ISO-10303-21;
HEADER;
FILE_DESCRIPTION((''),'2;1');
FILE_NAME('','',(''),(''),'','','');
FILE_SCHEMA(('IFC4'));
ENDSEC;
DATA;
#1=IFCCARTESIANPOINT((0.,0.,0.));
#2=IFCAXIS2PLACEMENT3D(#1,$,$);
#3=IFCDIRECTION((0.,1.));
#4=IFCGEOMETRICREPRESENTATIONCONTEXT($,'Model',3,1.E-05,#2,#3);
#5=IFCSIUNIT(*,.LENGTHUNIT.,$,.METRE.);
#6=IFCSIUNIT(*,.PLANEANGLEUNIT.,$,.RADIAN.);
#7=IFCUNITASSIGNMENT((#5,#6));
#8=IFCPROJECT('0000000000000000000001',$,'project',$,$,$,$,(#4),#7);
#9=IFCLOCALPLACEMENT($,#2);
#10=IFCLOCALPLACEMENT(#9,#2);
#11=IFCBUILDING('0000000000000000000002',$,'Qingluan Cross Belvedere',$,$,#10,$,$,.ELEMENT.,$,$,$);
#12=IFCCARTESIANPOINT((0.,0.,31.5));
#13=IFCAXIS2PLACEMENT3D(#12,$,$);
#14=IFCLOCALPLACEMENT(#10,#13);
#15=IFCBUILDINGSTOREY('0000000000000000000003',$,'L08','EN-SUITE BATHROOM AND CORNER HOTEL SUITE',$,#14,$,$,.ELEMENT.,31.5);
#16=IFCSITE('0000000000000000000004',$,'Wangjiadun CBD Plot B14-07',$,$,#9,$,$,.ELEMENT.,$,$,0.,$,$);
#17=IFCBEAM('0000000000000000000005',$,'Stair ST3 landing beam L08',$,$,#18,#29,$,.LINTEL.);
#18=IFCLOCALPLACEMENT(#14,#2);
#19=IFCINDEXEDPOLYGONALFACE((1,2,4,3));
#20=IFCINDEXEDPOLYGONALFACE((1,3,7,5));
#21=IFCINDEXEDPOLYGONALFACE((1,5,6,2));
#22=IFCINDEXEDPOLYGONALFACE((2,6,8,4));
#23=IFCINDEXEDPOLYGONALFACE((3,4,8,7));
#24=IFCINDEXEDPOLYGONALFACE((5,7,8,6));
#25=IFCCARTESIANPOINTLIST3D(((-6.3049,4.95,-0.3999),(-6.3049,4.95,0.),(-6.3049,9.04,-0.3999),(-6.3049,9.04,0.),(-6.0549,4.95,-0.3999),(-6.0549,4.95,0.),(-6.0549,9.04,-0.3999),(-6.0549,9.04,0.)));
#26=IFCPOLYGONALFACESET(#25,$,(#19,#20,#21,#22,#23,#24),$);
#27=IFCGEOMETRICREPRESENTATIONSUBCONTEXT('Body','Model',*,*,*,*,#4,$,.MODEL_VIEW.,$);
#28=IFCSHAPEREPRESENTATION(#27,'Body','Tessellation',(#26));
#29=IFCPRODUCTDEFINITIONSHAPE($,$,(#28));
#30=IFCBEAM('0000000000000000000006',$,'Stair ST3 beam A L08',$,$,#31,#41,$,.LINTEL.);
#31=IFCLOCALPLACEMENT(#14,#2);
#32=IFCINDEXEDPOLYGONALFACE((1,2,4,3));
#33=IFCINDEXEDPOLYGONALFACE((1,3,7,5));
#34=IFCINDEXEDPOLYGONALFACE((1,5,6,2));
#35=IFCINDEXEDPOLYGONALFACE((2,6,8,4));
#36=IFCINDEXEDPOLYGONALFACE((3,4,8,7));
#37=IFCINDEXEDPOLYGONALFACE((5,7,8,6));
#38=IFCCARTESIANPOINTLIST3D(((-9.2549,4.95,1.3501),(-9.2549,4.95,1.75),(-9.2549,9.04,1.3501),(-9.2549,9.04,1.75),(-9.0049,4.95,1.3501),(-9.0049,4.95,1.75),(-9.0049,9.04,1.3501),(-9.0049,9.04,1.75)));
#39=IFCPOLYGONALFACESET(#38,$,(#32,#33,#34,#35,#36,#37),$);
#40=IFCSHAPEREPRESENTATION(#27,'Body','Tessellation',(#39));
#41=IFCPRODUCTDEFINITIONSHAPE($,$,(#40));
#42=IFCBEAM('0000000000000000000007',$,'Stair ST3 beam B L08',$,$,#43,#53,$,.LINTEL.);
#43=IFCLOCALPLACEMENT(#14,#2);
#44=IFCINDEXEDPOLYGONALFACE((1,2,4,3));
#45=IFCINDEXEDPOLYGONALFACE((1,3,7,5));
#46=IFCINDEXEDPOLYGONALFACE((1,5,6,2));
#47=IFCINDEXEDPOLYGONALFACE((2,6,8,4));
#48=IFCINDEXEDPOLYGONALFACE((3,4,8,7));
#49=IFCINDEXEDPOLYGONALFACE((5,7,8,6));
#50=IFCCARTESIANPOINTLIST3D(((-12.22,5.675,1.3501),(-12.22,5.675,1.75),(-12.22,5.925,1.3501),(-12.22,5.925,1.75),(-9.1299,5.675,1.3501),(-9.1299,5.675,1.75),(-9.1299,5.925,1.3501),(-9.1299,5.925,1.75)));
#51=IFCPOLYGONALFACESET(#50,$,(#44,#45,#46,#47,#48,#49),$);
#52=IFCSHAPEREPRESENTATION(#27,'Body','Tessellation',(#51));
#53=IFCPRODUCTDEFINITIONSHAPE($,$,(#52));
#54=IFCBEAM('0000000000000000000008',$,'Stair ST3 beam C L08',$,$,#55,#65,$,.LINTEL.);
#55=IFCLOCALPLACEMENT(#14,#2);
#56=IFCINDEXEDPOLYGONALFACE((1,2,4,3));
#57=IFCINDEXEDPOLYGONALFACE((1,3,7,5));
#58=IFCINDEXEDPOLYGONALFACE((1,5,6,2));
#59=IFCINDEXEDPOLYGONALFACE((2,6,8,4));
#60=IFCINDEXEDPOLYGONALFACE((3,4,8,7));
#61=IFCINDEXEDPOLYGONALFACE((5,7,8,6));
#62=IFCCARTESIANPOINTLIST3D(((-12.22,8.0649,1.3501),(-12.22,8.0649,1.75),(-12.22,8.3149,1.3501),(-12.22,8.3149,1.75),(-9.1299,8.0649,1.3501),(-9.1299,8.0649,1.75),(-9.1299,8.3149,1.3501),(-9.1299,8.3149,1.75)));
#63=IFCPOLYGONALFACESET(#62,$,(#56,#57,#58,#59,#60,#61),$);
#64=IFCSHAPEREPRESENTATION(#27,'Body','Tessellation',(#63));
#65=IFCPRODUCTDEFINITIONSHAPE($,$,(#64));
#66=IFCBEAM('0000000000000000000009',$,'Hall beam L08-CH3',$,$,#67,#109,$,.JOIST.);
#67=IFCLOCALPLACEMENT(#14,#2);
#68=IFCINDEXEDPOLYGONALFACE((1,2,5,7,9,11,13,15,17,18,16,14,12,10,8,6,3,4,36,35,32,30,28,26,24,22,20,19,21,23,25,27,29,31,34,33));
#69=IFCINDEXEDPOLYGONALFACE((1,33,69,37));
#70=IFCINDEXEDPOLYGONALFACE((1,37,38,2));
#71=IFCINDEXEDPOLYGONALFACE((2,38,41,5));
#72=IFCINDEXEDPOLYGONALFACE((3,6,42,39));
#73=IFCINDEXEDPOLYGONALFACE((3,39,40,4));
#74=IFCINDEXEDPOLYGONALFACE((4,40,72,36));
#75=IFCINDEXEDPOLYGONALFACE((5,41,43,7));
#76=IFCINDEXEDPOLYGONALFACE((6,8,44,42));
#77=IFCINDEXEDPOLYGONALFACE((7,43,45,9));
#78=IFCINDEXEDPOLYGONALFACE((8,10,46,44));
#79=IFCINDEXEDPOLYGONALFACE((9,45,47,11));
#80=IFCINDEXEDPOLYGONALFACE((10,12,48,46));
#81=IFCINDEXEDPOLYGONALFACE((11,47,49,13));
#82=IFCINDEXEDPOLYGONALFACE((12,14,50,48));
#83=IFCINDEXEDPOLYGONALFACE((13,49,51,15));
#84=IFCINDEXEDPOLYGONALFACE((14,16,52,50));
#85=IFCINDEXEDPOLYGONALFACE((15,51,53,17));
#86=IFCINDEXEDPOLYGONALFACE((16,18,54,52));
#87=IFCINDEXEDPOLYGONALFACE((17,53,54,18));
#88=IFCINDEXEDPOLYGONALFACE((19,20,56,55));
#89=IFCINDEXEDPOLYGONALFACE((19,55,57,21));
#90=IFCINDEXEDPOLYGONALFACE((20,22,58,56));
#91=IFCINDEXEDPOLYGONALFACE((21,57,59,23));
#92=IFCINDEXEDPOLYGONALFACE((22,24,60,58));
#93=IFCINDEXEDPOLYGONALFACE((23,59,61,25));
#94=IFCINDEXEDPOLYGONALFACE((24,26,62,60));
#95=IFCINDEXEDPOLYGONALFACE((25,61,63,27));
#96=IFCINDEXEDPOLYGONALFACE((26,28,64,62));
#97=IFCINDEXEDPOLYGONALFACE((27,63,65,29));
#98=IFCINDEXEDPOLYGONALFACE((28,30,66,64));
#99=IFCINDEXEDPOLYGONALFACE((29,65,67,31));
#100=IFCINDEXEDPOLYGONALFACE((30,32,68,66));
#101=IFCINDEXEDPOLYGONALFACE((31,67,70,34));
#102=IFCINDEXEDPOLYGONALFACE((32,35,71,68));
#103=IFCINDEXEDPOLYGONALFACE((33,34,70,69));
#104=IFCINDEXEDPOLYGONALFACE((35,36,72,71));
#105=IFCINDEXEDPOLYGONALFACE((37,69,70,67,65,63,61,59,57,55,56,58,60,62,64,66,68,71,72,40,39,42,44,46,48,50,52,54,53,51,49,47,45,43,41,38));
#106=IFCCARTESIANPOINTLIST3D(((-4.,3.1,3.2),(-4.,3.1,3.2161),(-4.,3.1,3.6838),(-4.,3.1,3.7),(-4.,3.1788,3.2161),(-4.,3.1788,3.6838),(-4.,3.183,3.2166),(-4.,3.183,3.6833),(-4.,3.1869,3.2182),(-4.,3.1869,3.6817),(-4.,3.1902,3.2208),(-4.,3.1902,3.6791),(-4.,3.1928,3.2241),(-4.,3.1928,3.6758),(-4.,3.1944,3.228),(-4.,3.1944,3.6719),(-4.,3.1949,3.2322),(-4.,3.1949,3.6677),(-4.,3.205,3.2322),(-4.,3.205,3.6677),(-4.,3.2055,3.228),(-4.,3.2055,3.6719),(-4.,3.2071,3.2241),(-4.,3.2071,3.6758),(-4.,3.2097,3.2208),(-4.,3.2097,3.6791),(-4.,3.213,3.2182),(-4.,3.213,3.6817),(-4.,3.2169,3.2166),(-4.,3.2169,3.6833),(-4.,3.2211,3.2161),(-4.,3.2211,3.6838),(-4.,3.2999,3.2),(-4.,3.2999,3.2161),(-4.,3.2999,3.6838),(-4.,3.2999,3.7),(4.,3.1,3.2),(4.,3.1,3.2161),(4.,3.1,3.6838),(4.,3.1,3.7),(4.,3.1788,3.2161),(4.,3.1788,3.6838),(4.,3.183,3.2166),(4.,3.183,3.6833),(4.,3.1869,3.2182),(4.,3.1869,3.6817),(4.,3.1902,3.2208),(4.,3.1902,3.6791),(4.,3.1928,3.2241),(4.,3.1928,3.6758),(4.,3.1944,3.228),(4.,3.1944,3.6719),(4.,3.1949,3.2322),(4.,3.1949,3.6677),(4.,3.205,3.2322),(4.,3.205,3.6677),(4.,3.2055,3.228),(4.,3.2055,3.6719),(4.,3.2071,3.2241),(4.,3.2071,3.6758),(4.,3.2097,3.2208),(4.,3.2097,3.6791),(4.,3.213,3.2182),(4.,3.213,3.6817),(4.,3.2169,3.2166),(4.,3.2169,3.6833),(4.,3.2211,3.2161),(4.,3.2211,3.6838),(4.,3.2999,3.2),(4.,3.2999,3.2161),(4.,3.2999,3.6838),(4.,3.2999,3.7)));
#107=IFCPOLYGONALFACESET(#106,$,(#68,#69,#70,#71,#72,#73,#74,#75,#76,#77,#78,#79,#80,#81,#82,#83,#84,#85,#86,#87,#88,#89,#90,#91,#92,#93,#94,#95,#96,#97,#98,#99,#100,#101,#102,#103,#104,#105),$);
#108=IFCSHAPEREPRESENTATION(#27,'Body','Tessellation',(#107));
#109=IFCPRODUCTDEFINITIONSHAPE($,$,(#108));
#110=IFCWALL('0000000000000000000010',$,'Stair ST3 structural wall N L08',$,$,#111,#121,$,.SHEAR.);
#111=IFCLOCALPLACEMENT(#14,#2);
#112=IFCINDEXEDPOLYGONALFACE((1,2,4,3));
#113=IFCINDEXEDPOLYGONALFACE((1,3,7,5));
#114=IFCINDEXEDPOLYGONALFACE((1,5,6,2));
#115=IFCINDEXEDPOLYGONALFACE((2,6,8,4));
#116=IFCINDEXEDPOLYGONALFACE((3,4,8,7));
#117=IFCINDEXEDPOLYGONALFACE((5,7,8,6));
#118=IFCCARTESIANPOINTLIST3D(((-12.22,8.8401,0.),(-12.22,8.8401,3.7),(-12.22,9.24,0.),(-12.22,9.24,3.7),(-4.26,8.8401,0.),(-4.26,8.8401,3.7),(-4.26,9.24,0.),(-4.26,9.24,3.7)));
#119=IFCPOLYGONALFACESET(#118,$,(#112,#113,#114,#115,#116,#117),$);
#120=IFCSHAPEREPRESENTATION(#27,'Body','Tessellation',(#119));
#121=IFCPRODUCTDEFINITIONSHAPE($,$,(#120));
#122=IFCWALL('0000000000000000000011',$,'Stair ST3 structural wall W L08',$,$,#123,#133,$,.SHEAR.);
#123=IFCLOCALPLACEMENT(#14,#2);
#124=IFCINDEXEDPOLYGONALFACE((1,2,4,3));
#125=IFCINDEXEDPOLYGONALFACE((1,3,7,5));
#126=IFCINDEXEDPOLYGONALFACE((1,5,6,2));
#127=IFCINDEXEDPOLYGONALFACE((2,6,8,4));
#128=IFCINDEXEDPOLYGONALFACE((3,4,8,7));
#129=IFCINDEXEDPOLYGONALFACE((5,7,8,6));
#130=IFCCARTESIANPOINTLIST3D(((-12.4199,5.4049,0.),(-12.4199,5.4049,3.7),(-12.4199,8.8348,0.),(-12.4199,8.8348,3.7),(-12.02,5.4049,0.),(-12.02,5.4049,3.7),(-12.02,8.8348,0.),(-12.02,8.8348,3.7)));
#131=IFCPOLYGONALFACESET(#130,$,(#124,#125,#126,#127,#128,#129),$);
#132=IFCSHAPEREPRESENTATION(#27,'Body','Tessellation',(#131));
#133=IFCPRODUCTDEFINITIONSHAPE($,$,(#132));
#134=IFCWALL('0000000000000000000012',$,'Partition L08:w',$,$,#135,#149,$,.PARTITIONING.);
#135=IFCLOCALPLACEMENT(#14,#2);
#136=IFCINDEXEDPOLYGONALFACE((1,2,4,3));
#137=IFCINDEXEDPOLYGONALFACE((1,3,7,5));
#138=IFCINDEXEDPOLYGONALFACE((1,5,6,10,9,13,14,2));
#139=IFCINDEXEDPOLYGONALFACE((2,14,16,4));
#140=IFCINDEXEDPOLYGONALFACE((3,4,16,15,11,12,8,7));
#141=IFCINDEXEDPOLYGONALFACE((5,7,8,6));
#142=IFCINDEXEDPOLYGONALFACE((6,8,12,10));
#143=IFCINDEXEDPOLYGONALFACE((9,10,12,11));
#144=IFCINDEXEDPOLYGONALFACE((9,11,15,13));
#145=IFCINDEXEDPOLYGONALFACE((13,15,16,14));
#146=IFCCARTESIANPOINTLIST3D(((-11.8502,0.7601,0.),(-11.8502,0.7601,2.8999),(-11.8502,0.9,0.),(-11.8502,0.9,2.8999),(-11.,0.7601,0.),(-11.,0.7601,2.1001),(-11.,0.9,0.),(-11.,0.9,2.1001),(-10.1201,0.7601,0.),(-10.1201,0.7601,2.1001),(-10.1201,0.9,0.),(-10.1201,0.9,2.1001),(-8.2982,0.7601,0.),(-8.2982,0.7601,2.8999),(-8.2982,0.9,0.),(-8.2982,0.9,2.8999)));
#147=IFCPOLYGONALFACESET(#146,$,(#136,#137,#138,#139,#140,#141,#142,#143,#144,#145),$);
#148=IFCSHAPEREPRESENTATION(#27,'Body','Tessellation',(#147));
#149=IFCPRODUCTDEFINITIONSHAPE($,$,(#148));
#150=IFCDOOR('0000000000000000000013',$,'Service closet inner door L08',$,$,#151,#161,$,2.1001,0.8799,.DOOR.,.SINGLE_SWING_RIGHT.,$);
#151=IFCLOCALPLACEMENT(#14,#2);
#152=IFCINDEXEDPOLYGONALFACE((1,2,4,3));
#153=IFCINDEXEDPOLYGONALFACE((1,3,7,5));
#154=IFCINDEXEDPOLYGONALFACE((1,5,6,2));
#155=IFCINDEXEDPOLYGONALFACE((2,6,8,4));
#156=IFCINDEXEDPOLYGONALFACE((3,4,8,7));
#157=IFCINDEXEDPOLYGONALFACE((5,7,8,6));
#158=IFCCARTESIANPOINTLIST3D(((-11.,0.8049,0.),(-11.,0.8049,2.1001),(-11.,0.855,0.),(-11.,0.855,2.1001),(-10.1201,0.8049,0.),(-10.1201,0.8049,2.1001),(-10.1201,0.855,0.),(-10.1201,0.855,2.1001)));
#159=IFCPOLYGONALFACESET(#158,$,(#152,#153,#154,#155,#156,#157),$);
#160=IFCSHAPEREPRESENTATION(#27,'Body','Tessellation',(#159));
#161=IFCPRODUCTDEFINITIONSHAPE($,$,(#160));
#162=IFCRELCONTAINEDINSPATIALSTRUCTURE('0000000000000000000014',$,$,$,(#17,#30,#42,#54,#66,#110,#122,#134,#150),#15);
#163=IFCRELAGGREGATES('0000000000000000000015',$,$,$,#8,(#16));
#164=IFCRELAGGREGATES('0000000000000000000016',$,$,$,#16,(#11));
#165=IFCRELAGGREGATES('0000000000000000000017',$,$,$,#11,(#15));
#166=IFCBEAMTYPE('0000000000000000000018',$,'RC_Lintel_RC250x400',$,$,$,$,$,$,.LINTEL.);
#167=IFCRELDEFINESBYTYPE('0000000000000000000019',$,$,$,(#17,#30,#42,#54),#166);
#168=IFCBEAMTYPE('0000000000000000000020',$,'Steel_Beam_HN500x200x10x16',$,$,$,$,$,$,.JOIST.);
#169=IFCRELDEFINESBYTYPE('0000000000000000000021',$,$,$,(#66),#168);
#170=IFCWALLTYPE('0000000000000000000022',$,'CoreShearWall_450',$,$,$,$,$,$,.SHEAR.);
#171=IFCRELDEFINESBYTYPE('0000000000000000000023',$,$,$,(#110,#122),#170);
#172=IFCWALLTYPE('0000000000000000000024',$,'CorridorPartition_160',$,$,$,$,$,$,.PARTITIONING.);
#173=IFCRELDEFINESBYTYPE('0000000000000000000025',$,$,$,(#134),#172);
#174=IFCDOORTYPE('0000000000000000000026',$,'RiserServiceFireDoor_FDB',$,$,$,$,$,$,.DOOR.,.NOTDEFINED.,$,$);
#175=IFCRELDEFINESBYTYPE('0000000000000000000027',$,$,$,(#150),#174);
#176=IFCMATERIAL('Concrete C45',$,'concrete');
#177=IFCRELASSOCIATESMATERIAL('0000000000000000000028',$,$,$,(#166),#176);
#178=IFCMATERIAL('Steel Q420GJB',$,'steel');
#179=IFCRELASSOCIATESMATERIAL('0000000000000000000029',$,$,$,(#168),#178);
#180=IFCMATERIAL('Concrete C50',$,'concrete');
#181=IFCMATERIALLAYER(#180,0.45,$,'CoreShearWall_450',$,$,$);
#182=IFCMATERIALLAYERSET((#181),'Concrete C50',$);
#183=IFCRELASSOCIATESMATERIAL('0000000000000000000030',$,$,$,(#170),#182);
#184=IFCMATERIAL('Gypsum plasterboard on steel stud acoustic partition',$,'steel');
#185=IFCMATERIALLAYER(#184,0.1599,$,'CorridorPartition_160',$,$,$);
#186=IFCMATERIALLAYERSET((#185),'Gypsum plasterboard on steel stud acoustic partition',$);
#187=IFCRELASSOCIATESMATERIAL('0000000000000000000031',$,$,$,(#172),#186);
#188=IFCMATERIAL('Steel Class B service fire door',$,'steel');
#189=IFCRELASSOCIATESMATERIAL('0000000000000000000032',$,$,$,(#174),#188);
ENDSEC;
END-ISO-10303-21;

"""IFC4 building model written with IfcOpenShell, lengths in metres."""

from ifc_helpers import new_model, si_unit, direction, frame, frame_2d, origin, origin_2d, place, context, subcontext, project, spatial, rectangle, i_section, extrude, material, layer, layer_set, material_profile, profile_set, type_object, element, fill, save


model = new_model("IFC4")

# Units and contexts
model_context = context("Model", 3, precision=1e-05, world=origin(), true_north=direction((0.0, 1.0)))
body_context = subcontext(model_context, "Body", "Model", "MODEL_VIEW")
ifc_project = project(units=[si_unit("LENGTHUNIT", "METRE"), si_unit("PLANEANGLEUNIT", "RADIAN")], contexts=[model_context])

# Site, building, storey
site_placement = place(None, origin())
site = spatial("IfcSite", under=ifc_project, at=site_placement, Name="Wangjiadun CBD Plot B14-07", CompositionType="ELEMENT", RefElevation=0.0)
building_placement = place(site_placement, origin())
building = spatial("IfcBuilding", under=site, at=building_placement, Name="Qingluan Cross Belvedere", CompositionType="ELEMENT")
storey_placement = place(building_placement, frame((0.0, 0.0, 31.5)))
storey = spatial("IfcBuildingStorey", under=building, at=storey_placement, Name="L08", Description="EN-SUITE BATHROOM AND CORNER HOTEL SUITE", CompositionType="ELEMENT", Elevation=31.5)

# Beams
ifc_material_1 = material(Name="Concrete C45", Category="concrete")
ifc_material_profile_1 = material_profile(ifc_material_1, rectangle(XDim=0.25, YDim=0.3999, at=origin_2d()), Name="RC250x400")
ifc_profile_set_1 = profile_set([ifc_material_profile_1], Name="Concrete C45")
beam_type_1 = type_object("IfcBeamType", Name="RC_Lintel_RC250x400", PredefinedType="LINTEL", material=ifc_profile_set_1)
for number, where, z_axis, x_axis, name in (
    (1, (-6.1799, 4.95, -0.2), (0.0, 1.0, 0.0), (-1.0, 0.0, 0.0), "Stair ST3 landing beam L08"),
    (2, (-9.1299, 4.95, 1.55), (0.0, 1.0, 0.0), (-1.0, 0.0, 0.0), "Stair ST3 beam A L08"),
):
    element("IfcBeam", number, at=place(storey_placement, frame(where, z_axis=z_axis, x_axis=x_axis)), inside=storey, type_object=beam_type_1, Name=name, PredefinedType="LINTEL", context=body_context, shape_type="SweptSolid", body=[
        extrude(rectangle(XDim=0.25, YDim=0.3999, at=origin_2d()), origin(), (0.0, 0.0, 1.0), 4.0901),
    ])
for number, where, z_axis, x_axis, name in (
    (3, (-12.22, 5.8, 1.55), (1.0, 0.0, 0.0), (0.0, 1.0, 0.0), "Stair ST3 beam B L08"),
    (4, (-12.22, 8.1899, 1.55), (1.0, 0.0, 0.0), (0.0, 1.0, 0.0), "Stair ST3 beam C L08"),
):
    element("IfcBeam", number, at=place(storey_placement, frame(where, z_axis=z_axis, x_axis=x_axis)), inside=storey, type_object=beam_type_1, Name=name, PredefinedType="LINTEL", context=body_context, shape_type="SweptSolid", body=[
        extrude(rectangle(XDim=0.25, YDim=0.3999, at=origin_2d()), origin(), (0.0, 0.0, 1.0), 3.0901),
    ])
ifc_material_2 = material(Name="Steel Q420GJB", Category="steel")
ifc_material_profile_2 = material_profile(ifc_material_2, i_section(OverallWidth=0.2, OverallDepth=0.5, WebThickness=0.01, FlangeThickness=0.0161, FilletRadius=0.0161, at=origin_2d()), Name="HN500x200x10x16")
ifc_profile_set_2 = profile_set([ifc_material_profile_2], Name="Steel Q420GJB")
beam_type_2 = type_object("IfcBeamType", Name="Steel_Beam_HN500x200x10x16", PredefinedType="JOIST", material=ifc_profile_set_2)
beam_placement = place(storey_placement, frame((-4.0, 3.2, 3.45), z_axis=(1.0, 0.0, 0.0), x_axis=(0.0, 1.0, 0.0)))
element("IfcBeam", 5, at=beam_placement, inside=storey, type_object=beam_type_2, Name="Hall beam L08-CH3", PredefinedType="JOIST", context=body_context, shape_type="SweptSolid", body=[
    extrude(i_section(OverallWidth=0.2, OverallDepth=0.5, WebThickness=0.01, FlangeThickness=0.0161, FilletRadius=0.0161, at=origin_2d()), origin(), (0.0, 0.0, 1.0), 8.0),
])

# Walls
ifc_material_3 = material(Name="Concrete C50", Category="concrete")
ifc_layer_1 = layer(ifc_material_3, 0.45, Name="CoreShearWall_450")
ifc_layer_set_1 = layer_set([ifc_layer_1], Name="Concrete C50")
wall_type_1 = type_object("IfcWallType", Name="CoreShearWall_450", PredefinedType="SHEAR", material=ifc_layer_set_1)
wall_1_placement = place(storey_placement, frame((-12.22, 9.04, 0.0), z_axis=(0.0, 0.0, 1.0), x_axis=(1.0, 0.0, 0.0)))
element("IfcWall", 6, at=wall_1_placement, inside=storey, type_object=wall_type_1, Name="Stair ST3 structural wall N L08", PredefinedType="SHEAR", context=body_context, shape_type="SweptSolid", body=[
    extrude(rectangle(XDim=7.96, YDim=0.3999, at=frame_2d((3.98, 0.0))), origin(), (0.0, 0.0, 1.0), 3.7),
])
wall_2_placement = place(storey_placement, frame((-12.22, 5.405, 0.0), z_axis=(0.0, 0.0, 1.0), x_axis=(0.0, 1.0, 0.0)))
element("IfcWall", 7, at=wall_2_placement, inside=storey, type_object=wall_type_1, Name="Stair ST3 structural wall W L08", PredefinedType="SHEAR", context=body_context, shape_type="SweptSolid", body=[
    extrude(rectangle(XDim=3.4299, YDim=0.3999, at=frame_2d((1.7148, 0.0))), origin(), (0.0, 0.0, 1.0), 3.7),
])

# Wall, opening, door
ifc_material_4 = material(Name="Gypsum plasterboard on steel stud acoustic partition", Category="steel")
ifc_layer_2 = layer(ifc_material_4, 0.1599, Name="CorridorPartition_160")
ifc_layer_set_2 = layer_set([ifc_layer_2], Name="Gypsum plasterboard on steel stud acoustic partition")
wall_type_2 = type_object("IfcWallType", Name="CorridorPartition_160", PredefinedType="PARTITIONING", material=ifc_layer_set_2)
wall_3_placement = place(storey_placement, frame((-11.8501, 0.8301, 0.0), z_axis=(0.0, 0.0, 1.0), x_axis=(1.0, 0.0, 0.0)))
wall_3 = element("IfcWall", 8, at=wall_3_placement, inside=storey, type_object=wall_type_2, Name="Partition L08:w", PredefinedType="PARTITIONING", context=body_context, shape_type="SweptSolid", body=[
    extrude(rectangle(XDim=3.552, YDim=0.1399, at=frame_2d((1.7759, 0.0))), origin(), (0.0, 0.0, 1.0), 2.8999),
])
opening_1_placement = place(wall_3_placement, frame((0.8501, 0.0, 0.0)))
opening_1 = element("IfcOpeningElement", 9, at=opening_1_placement, cuts=wall_3, PredefinedType="OPENING", context=body_context, shape_type="SweptSolid", body=[
    extrude(rectangle(XDim=0.8799, YDim=2.1001, at=frame_2d((0.4399, 1.05))), frame((0.0, 0.0798, 0.0), z_axis=(0.0, -1.0, 0.0), x_axis=(1.0, 0.0, 0.0)), (0.0, 0.0, 1.0), 0.1599),
])
ifc_material_5 = material(Name="Steel Class B service fire door", Category="steel")
door_type_1 = type_object("IfcDoorType", Name="RiserServiceFireDoor_FDB", OperationType="NOTDEFINED", PredefinedType="DOOR", material=ifc_material_5)
door_1_placement = place(opening_1_placement, origin())
door_1 = element("IfcDoor", 10, at=door_1_placement, inside=storey, type_object=door_type_1, Name="Service closet inner door L08", OperationType="SINGLE_SWING_RIGHT", OverallHeight=2.1001, OverallWidth=0.8799, PredefinedType="DOOR", context=body_context, shape_type="SweptSolid", body=[
    extrude(rectangle(XDim=0.8799, YDim=2.1001, at=frame_2d((0.4399, 1.05))), frame((0.0, 0.0249, 0.0), z_axis=(0.0, -1.0, 0.0), x_axis=(1.0, 0.0, 0.0)), (0.0, 0.0, 1.0), 0.05),
])
fill(opening_1, door_1)

save(model, "model.ifc")
